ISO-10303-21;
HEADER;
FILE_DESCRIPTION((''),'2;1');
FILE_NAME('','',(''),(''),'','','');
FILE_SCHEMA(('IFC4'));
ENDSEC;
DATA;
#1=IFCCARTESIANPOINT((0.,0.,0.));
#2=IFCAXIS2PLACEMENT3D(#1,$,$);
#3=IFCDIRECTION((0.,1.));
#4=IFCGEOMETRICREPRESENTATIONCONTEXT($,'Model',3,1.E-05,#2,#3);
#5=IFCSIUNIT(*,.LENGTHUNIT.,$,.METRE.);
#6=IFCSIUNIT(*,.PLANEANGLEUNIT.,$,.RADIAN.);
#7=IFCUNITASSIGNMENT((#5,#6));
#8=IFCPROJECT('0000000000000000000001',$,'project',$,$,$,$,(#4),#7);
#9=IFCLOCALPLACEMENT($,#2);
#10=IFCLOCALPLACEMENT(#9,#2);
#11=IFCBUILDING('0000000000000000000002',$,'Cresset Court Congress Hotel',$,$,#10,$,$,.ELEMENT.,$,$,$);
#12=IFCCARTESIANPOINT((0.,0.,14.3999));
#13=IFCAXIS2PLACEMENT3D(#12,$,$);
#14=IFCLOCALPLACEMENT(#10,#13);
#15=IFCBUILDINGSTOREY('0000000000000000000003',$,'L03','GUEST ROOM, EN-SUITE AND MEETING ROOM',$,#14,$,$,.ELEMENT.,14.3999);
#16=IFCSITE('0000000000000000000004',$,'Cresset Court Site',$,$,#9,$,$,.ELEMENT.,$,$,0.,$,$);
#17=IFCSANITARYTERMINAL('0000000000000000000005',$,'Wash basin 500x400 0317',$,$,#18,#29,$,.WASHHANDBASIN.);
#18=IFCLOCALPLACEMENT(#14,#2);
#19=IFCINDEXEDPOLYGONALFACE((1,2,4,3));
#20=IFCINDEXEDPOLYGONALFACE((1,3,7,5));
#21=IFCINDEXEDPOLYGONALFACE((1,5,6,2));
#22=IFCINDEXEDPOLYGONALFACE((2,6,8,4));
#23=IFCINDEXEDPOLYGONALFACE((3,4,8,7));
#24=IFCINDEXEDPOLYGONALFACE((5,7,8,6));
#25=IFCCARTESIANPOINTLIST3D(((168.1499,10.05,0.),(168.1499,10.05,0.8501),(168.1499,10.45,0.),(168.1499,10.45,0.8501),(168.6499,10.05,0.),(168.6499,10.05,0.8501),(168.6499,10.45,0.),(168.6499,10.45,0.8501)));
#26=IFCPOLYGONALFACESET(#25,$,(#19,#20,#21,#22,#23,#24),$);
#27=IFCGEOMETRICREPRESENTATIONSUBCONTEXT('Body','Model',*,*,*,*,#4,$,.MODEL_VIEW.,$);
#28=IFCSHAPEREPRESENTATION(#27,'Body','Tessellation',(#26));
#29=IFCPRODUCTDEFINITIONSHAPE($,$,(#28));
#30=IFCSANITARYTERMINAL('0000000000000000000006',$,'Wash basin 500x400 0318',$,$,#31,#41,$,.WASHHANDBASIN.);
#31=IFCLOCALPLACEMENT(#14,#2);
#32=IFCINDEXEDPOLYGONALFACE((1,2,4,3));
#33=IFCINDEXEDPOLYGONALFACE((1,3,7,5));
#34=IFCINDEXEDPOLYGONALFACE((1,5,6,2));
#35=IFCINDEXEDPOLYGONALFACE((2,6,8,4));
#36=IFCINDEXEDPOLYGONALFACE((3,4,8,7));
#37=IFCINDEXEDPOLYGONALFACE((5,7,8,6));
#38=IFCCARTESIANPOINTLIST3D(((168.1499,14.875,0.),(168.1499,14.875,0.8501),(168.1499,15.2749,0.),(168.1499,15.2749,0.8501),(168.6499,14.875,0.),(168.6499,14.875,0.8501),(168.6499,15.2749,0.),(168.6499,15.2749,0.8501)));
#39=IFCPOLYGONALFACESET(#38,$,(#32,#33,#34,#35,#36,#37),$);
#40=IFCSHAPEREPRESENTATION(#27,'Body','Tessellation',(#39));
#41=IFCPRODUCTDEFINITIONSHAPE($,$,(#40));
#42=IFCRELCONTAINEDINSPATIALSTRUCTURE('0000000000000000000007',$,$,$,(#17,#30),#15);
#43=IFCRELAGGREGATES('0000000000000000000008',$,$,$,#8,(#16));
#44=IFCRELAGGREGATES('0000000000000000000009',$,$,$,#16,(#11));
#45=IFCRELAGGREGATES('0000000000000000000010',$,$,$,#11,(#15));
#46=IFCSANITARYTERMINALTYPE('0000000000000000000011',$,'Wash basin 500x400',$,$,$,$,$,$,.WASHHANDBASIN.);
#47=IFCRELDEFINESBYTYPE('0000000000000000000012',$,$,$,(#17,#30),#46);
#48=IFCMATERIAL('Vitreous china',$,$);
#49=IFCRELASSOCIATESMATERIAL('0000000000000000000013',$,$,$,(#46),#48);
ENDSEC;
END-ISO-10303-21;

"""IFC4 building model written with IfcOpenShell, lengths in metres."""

from ifc_helpers import new_model, si_unit, direction, frame, origin, origin_2d, place, context, subcontext, project, spatial, rectangle, extrude, material, type_object, element, save


model = new_model("IFC4")

# Units and contexts
model_context = context("Model", 3, precision=1e-05, world=origin(), true_north=direction((0.0, 1.0)))
body_context = subcontext(model_context, "Body", "Model", "MODEL_VIEW")
ifc_project = project(units=[si_unit("LENGTHUNIT", "METRE"), si_unit("PLANEANGLEUNIT", "RADIAN")], contexts=[model_context])

# Site, building, storey
site_placement = place(None, origin())
site = spatial("IfcSite", under=ifc_project, at=site_placement, Name="Cresset Court Site", CompositionType="ELEMENT", RefElevation=0.0)
building_placement = place(site_placement, origin())
building = spatial("IfcBuilding", under=site, at=building_placement, Name="Cresset Court Congress Hotel", CompositionType="ELEMENT")
storey_placement = place(building_placement, frame((0.0, 0.0, 14.3999)))
storey = spatial("IfcBuildingStorey", under=building, at=storey_placement, Name="L03", Description="GUEST ROOM, EN-SUITE AND MEETING ROOM", CompositionType="ELEMENT", Elevation=14.3999)

# Sanitary terminals
ifc_material_1 = material(Name="Vitreous china")
sanitary_terminal_type_1 = type_object("IfcSanitaryTerminalType", Name="Wash basin 500x400", PredefinedType="WASHHANDBASIN", material=ifc_material_1)
for number, where, z_axis, x_axis, name in (
    (1, (168.3999, 10.25, 0.0), (0.0, 0.0, 1.0), (1.0, 0.0, 0.0), "Wash basin 500x400 0317"),
    (2, (168.3999, 15.075, 0.0), (0.0, 0.0, 1.0), (1.0, 0.0, 0.0), "Wash basin 500x400 0318"),
):
    element("IfcSanitaryTerminal", number, at=place(storey_placement, frame(where, z_axis=z_axis, x_axis=x_axis)), inside=storey, type_object=sanitary_terminal_type_1, Name=name, PredefinedType="WASHHANDBASIN", context=body_context, shape_type="SweptSolid", body=[
        extrude(rectangle(XDim=0.5, YDim=0.3999, at=origin_2d()), origin(), (0.0, 0.0, 1.0), 0.8501),
    ])

save(model, "model.ifc")
